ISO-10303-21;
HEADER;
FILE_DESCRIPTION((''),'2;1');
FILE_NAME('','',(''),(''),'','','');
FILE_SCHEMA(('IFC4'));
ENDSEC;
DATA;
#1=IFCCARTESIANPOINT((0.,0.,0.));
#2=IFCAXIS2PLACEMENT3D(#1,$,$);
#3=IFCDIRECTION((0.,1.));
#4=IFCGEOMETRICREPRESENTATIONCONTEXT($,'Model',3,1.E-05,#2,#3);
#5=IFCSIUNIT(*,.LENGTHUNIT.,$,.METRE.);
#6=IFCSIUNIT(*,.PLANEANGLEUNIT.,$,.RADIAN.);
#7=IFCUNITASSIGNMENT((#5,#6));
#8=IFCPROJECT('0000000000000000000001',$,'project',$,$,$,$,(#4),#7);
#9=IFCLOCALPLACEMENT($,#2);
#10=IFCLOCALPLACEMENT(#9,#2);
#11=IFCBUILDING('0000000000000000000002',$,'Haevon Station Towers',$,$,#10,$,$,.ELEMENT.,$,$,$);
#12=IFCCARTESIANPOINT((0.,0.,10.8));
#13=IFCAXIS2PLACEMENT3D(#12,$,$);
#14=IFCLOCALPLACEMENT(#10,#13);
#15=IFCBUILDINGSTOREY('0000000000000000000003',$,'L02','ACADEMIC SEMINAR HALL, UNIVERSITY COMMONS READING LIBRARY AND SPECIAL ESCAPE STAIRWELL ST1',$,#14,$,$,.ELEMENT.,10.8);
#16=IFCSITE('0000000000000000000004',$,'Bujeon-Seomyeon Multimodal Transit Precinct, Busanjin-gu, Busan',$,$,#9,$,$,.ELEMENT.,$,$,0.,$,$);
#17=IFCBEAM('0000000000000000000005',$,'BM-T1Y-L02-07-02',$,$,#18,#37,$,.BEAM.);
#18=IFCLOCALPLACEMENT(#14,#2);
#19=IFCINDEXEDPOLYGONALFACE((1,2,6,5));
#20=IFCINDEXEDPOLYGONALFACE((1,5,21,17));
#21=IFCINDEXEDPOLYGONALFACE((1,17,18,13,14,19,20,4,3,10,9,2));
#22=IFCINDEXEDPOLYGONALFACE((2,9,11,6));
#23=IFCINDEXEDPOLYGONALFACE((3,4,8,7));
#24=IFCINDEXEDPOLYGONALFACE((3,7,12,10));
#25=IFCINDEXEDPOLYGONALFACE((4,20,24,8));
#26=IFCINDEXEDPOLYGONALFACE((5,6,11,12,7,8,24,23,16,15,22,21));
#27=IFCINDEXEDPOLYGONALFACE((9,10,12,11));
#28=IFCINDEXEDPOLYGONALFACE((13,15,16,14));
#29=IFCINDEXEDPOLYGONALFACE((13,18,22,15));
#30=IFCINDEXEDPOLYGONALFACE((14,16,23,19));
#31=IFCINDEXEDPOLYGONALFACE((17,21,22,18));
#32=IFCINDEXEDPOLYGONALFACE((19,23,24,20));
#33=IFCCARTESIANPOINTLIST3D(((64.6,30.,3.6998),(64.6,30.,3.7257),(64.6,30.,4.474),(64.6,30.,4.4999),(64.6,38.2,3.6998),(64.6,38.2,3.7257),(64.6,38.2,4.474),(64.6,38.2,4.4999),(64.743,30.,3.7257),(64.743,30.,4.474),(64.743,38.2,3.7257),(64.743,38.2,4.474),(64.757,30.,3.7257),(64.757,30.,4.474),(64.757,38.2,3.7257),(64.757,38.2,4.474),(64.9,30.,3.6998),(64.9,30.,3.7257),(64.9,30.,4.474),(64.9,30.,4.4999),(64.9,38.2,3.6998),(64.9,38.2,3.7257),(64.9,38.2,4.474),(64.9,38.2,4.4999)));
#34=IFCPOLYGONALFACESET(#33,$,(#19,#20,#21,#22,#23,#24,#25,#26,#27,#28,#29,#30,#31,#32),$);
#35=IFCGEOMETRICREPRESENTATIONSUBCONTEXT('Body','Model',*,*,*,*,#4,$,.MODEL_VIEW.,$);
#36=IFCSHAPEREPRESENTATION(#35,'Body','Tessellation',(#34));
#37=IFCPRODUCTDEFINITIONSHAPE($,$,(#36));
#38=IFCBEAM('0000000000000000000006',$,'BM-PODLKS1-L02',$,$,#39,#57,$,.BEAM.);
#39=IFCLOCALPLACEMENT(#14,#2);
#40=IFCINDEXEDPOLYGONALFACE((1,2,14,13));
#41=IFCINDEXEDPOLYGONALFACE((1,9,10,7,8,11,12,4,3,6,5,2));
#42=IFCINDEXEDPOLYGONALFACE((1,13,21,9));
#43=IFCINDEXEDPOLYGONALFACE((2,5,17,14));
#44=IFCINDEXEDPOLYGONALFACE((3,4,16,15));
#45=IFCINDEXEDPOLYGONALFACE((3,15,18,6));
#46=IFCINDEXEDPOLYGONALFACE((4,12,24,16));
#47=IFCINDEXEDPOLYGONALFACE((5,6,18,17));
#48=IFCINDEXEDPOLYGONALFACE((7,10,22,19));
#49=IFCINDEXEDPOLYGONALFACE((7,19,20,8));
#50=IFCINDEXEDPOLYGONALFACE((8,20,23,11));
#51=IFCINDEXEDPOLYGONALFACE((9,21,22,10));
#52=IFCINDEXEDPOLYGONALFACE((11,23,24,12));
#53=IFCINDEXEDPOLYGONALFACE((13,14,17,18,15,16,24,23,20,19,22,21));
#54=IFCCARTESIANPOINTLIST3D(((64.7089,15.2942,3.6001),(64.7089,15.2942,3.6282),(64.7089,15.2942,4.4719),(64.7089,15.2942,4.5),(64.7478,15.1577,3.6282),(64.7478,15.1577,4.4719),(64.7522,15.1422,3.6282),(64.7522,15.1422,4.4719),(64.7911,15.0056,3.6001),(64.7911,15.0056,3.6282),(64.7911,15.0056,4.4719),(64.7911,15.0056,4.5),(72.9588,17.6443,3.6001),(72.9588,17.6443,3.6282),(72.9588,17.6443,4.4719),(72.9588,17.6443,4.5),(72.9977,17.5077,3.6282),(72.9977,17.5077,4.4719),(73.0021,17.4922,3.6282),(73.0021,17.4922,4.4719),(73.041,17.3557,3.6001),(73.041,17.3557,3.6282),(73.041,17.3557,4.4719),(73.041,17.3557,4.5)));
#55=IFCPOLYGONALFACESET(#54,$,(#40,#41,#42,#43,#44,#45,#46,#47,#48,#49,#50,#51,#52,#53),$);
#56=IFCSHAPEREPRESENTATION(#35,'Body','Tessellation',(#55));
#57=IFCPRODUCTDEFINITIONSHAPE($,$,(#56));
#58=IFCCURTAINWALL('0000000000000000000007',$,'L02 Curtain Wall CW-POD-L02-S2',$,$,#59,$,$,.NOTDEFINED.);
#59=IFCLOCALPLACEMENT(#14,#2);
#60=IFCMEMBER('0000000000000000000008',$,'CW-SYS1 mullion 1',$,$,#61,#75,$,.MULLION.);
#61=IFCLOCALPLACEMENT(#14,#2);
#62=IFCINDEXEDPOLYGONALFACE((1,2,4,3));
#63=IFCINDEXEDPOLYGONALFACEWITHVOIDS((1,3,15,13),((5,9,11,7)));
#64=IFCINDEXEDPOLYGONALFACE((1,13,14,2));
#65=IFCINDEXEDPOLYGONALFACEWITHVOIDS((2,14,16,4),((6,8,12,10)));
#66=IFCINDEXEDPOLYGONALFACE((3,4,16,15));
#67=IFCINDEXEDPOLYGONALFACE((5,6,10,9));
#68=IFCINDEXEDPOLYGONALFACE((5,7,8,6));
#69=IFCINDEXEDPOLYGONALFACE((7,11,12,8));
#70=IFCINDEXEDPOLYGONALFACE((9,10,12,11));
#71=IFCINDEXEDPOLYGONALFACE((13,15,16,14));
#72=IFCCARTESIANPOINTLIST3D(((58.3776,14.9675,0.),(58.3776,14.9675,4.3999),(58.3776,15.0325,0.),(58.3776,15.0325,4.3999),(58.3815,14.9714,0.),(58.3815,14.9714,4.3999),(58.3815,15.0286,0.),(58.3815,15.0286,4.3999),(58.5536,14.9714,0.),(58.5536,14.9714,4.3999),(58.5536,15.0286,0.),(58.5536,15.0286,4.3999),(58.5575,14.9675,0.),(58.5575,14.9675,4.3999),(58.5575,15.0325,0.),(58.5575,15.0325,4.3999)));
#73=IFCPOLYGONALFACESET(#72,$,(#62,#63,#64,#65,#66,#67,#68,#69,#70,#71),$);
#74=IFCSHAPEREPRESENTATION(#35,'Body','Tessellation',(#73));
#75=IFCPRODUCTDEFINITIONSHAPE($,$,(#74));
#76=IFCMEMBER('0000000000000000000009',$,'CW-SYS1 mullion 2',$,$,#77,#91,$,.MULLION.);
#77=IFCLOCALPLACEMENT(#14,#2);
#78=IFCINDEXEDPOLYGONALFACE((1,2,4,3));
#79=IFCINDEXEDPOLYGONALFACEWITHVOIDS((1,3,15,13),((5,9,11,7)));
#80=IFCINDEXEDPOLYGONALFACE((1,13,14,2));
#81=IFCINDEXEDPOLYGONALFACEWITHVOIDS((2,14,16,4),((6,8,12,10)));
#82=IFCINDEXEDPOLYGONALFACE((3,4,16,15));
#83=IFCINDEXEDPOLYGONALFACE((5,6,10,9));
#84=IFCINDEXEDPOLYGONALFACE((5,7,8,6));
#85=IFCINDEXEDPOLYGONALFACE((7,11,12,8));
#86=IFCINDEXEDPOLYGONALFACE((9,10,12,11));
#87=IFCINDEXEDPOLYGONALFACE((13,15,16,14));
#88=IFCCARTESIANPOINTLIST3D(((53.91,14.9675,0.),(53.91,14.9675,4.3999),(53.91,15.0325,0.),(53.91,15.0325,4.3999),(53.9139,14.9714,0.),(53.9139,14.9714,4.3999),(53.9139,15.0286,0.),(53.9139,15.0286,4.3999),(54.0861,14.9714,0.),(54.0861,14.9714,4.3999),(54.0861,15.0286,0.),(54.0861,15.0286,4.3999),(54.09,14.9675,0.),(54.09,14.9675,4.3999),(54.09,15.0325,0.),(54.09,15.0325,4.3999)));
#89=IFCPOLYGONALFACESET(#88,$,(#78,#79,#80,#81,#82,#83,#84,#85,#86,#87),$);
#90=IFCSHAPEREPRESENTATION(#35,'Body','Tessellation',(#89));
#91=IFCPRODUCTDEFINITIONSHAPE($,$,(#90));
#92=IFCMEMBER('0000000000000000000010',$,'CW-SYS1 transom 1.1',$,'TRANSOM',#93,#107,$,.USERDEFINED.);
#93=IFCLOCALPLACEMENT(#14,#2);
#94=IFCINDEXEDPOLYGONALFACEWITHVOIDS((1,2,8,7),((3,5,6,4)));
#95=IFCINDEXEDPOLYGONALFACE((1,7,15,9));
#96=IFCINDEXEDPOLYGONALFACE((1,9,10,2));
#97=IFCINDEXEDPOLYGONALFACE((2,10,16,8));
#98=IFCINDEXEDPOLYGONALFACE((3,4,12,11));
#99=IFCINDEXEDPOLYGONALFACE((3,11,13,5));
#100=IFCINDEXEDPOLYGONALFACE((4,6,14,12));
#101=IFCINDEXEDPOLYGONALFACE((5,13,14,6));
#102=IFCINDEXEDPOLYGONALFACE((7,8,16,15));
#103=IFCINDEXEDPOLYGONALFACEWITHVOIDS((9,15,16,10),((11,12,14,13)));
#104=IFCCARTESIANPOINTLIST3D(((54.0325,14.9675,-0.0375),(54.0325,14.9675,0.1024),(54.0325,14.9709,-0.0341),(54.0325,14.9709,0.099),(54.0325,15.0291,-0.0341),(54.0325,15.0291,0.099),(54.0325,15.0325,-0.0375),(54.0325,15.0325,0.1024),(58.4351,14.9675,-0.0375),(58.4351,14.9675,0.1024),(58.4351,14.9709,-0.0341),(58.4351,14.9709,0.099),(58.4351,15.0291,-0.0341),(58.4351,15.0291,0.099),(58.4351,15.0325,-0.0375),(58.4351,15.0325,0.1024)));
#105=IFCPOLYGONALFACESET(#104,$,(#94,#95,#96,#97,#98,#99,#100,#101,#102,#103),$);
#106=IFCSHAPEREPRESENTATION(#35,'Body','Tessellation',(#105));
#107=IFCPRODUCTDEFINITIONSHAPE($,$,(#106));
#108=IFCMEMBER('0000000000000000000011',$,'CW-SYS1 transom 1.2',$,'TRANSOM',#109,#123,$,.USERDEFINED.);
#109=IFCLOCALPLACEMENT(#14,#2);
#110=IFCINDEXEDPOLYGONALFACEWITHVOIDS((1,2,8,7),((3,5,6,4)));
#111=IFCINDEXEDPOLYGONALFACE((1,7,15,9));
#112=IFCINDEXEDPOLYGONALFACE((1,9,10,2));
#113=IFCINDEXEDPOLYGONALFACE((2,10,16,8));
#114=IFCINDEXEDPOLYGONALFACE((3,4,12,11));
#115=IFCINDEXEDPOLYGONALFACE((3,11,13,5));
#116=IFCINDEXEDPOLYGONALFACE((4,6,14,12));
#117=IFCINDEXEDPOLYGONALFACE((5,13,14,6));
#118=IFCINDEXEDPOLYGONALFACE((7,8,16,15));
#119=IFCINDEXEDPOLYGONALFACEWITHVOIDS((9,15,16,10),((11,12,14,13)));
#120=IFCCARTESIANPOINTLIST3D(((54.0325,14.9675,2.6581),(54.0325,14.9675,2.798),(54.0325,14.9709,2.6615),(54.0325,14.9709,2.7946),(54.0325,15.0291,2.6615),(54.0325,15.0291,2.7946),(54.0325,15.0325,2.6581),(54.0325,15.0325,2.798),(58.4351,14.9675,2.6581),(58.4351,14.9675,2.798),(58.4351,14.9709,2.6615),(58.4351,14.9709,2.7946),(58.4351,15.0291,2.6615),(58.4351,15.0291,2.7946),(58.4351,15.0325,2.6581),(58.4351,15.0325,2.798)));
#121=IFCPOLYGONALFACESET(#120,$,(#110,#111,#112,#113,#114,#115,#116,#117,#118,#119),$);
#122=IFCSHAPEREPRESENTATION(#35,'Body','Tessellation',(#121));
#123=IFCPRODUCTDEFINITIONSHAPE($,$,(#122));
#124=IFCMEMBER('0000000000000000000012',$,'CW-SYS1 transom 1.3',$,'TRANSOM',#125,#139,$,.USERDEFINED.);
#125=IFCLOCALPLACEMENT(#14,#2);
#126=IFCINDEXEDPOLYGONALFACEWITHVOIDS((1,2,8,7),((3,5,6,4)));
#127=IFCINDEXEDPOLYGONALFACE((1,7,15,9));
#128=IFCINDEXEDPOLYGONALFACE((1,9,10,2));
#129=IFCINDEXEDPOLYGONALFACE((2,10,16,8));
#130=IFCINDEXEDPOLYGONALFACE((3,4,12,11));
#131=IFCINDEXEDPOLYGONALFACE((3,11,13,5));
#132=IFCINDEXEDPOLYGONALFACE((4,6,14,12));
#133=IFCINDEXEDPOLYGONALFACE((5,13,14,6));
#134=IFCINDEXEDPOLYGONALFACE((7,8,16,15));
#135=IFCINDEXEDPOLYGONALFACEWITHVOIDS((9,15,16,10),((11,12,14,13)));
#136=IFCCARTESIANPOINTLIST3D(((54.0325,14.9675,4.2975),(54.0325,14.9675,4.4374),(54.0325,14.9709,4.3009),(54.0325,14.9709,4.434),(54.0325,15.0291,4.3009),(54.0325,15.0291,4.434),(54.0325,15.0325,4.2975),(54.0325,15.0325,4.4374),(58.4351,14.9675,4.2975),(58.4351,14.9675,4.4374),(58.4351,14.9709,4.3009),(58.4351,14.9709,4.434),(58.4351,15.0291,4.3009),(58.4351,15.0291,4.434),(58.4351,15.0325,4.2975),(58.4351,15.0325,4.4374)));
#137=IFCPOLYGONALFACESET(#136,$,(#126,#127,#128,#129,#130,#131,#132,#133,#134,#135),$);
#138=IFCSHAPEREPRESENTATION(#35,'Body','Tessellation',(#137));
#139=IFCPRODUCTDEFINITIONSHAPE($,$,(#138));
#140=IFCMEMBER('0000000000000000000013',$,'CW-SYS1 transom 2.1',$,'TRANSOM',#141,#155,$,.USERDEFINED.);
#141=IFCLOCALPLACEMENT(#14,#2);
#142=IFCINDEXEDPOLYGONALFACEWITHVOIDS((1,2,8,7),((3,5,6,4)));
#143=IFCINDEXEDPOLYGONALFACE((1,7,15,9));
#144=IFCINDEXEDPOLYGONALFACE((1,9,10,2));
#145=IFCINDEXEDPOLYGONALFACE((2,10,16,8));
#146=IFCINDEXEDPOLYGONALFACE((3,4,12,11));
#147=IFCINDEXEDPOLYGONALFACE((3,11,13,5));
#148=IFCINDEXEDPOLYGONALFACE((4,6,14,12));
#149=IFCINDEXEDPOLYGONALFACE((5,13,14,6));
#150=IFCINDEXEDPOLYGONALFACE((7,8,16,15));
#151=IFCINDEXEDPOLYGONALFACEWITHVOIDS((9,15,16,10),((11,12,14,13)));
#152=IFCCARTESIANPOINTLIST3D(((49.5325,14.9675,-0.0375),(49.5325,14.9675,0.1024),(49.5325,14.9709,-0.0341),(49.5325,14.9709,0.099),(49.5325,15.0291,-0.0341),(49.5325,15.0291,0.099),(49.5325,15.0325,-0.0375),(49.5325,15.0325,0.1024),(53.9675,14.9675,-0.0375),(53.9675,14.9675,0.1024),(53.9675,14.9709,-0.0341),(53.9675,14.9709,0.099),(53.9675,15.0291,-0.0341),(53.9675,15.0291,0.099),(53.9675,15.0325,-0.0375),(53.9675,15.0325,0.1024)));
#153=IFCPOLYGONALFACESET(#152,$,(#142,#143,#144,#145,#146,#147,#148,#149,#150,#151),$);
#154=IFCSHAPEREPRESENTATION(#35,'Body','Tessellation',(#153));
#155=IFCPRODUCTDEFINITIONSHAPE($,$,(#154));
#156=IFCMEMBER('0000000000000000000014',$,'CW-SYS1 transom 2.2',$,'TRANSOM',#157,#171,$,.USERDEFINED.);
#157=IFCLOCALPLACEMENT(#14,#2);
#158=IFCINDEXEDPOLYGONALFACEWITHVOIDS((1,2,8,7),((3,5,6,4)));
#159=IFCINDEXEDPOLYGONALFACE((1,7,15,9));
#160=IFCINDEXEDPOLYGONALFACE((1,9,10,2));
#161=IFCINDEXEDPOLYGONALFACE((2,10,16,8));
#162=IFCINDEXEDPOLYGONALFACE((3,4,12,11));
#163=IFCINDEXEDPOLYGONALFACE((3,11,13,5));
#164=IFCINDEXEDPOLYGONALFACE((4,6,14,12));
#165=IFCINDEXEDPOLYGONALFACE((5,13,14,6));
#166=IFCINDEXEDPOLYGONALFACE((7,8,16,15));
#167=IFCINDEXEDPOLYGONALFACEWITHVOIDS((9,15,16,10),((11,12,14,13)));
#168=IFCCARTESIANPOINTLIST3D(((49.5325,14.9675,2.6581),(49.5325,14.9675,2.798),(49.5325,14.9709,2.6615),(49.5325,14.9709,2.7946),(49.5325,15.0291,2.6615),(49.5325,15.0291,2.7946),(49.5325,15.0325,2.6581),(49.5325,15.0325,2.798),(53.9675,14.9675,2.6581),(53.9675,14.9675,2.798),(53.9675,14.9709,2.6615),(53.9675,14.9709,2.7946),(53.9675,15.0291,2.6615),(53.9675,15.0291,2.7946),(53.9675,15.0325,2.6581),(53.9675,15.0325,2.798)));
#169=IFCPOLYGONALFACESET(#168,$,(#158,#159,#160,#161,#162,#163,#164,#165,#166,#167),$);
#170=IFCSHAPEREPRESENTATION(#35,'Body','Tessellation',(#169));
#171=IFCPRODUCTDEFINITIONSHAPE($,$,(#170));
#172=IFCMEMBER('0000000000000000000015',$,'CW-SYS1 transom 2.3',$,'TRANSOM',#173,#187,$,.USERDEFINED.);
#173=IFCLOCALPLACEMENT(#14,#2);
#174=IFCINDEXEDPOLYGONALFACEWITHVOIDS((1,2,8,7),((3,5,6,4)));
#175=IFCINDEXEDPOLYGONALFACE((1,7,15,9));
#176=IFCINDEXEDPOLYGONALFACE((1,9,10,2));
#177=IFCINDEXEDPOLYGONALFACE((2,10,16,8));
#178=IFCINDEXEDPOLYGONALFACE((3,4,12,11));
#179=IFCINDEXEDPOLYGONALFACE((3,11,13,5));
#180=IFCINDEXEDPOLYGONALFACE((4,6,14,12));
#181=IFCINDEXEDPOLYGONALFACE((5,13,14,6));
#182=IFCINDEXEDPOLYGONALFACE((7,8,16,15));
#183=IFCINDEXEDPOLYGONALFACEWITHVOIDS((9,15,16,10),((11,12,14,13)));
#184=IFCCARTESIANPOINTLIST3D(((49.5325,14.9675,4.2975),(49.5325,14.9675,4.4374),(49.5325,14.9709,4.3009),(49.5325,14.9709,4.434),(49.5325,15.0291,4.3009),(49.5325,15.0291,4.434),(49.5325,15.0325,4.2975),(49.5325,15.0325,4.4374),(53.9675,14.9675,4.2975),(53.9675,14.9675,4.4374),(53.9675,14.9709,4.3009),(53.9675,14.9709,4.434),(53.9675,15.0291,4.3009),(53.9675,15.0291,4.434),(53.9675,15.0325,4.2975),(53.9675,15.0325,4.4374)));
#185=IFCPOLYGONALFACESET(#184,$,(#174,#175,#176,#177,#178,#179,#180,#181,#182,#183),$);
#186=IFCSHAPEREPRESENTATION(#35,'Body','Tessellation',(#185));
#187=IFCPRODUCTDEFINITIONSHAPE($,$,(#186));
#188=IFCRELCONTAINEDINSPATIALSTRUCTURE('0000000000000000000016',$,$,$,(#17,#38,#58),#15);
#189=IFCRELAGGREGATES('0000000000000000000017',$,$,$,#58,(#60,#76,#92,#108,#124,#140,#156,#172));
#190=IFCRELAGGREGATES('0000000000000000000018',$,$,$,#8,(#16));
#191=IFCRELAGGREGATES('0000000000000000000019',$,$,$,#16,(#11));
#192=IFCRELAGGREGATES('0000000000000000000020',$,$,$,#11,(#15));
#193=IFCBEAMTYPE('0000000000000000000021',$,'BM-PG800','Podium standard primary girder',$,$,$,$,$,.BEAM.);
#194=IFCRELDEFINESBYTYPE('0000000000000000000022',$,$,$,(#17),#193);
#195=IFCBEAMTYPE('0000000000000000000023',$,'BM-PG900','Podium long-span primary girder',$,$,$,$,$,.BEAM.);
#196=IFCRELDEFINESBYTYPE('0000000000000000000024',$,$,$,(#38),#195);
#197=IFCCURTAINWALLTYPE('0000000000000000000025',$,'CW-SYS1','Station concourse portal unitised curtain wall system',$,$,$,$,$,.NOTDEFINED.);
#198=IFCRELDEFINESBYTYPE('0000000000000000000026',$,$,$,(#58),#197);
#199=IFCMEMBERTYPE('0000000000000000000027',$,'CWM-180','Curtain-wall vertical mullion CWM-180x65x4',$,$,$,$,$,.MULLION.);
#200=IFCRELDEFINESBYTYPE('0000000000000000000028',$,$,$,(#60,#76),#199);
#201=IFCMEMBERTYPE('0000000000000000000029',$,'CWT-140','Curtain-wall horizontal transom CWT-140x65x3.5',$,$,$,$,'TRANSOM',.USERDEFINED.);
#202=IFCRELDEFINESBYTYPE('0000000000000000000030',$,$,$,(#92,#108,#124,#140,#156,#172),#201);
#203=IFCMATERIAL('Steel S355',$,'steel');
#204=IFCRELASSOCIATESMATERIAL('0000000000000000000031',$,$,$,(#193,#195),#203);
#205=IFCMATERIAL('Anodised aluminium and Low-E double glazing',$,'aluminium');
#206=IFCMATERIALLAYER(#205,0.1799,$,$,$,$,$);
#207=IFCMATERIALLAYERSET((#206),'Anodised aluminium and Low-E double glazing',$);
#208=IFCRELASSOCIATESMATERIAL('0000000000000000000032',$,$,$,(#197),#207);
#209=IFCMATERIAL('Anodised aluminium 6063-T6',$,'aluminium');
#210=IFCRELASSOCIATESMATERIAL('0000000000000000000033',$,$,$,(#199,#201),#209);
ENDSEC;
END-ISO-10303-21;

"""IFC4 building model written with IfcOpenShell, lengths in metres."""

from ifc_helpers import new_model, si_unit, direction, frame, origin, origin_2d, place, context, subcontext, project, spatial, hollow_rectangle, i_section, extrude, material, layer, layer_set, material_profile, profile_set, type_object, element, aggregate, save


model = new_model("IFC4")

# Units and contexts
model_context = context("Model", 3, precision=1e-05, world=origin(), true_north=direction((0.0, 1.0)))
body_context = subcontext(model_context, "Body", "Model", "MODEL_VIEW")
ifc_project = project(units=[si_unit("LENGTHUNIT", "METRE"), si_unit("PLANEANGLEUNIT", "RADIAN")], contexts=[model_context])

# Site, building, storey
site_placement = place(None, origin())
site = spatial("IfcSite", under=ifc_project, at=site_placement, Name="Bujeon-Seomyeon Multimodal Transit Precinct, Busanjin-gu, Busan", CompositionType="ELEMENT", RefElevation=0.0)
building_placement = place(site_placement, origin())
building = spatial("IfcBuilding", under=site, at=building_placement, Name="Haevon Station Towers", CompositionType="ELEMENT")
storey_placement = place(building_placement, frame((0.0, 0.0, 10.8)))
storey = spatial("IfcBuildingStorey", under=building, at=storey_placement, Name="L02", Description="ACADEMIC SEMINAR HALL, UNIVERSITY COMMONS READING LIBRARY AND SPECIAL ESCAPE STAIRWELL ST1", CompositionType="ELEMENT", Elevation=10.8)

# Beams
ifc_material_1 = material(Name="Steel S355", Category="steel")
ifc_material_profile_1 = material_profile(ifc_material_1, i_section(OverallWidth=0.3, OverallDepth=0.8, WebThickness=0.0139, FlangeThickness=0.0259, at=origin_2d()), Name="H-800x300x14x26")
ifc_profile_set_1 = profile_set([ifc_material_profile_1], Name="Steel S355")
beam_type_1 = type_object("IfcBeamType", Name="BM-PG800", Description="Podium standard primary girder", PredefinedType="BEAM", material=ifc_profile_set_1)
beam_1_placement = place(storey_placement, frame((64.75, 30.0, 4.0999), z_axis=(0.0, 1.0, 0.0), x_axis=(-1.0, 0.0, 0.0)))
element("IfcBeam", 1, at=beam_1_placement, inside=storey, type_object=beam_type_1, Name="BM-T1Y-L02-07-02", PredefinedType="BEAM", context=body_context, shape_type="SweptSolid", body=[
    extrude(i_section(OverallWidth=0.3, OverallDepth=0.8, WebThickness=0.0139, FlangeThickness=0.0259, at=origin_2d()), origin(), (0.0, 0.0, 1.0), 8.2),
])
ifc_material_profile_2 = material_profile(ifc_material_1, i_section(OverallWidth=0.3, OverallDepth=0.8999, WebThickness=0.0161, FlangeThickness=0.0281, at=origin_2d()), Name="H-900x300x16x28")
ifc_profile_set_2 = profile_set([ifc_material_profile_2], Name="Steel S355")
beam_type_2 = type_object("IfcBeamType", Name="BM-PG900", Description="Podium long-span primary girder", PredefinedType="BEAM", material=ifc_profile_set_2)
beam_2_placement = place(storey_placement, frame((64.75, 15.1499, 4.05), z_axis=(0.961741, 0.273962, 0.0), x_axis=(-0.273962, 0.961741, 0.0)))
element("IfcBeam", 2, at=beam_2_placement, inside=storey, type_object=beam_type_2, Name="BM-PODLKS1-L02", PredefinedType="BEAM", context=body_context, shape_type="SweptSolid", body=[
    extrude(i_section(OverallWidth=0.3, OverallDepth=0.8999, WebThickness=0.0161, FlangeThickness=0.0281, at=origin_2d()), origin(), (0.0, 0.0, 1.0), 8.5781),
])

# Curtain wall, members
ifc_material_2 = material(Name="Anodised aluminium and Low-E double glazing", Category="aluminium")
ifc_layer_1 = layer(ifc_material_2, 0.1799)
ifc_layer_set_1 = layer_set([ifc_layer_1], Name="Anodised aluminium and Low-E double glazing")
curtain_wall_type = type_object("IfcCurtainWallType", Name="CW-SYS1", Description="Station concourse portal unitised curtain wall system", PredefinedType="NOTDEFINED", material=ifc_layer_set_1)
curtain_wall_placement = place(storey_placement, origin())
curtain_wall = element("IfcCurtainWall", 3, at=curtain_wall_placement, inside=storey, type_object=curtain_wall_type, Name="L02 Curtain Wall CW-POD-L02-S2", PredefinedType="NOTDEFINED")
ifc_material_3 = material(Name="Anodised aluminium 6063-T6", Category="aluminium")
ifc_material_profile_3 = material_profile(ifc_material_3, hollow_rectangle(XDim=0.0649, YDim=0.1799, WallThickness=0.0039, at=origin_2d()), Name="CWM-180x65x4")
ifc_profile_set_3 = profile_set([ifc_material_profile_3], Name="Anodised aluminium 6063-T6")
member_type_1 = type_object("IfcMemberType", Name="CWM-180", Description="Curtain-wall vertical mullion CWM-180x65x4", PredefinedType="MULLION", material=ifc_profile_set_3)
member_1_placement = place(storey_placement, frame((58.4675, 15.0, 0.0), z_axis=(0.0, 0.0, 1.0), x_axis=(0.0, -1.0, 0.0)))
member_1 = element("IfcMember", 4, at=member_1_placement, type_object=member_type_1, Name="CW-SYS1 mullion 1", PredefinedType="MULLION", context=body_context, shape_type="SweptSolid", body=[
    extrude(hollow_rectangle(XDim=0.0649, YDim=0.1799, WallThickness=0.0039, at=origin_2d()), origin(), (0.0, 0.0, 1.0), 4.3999),
])
member_2_placement = place(storey_placement, frame((54.0, 15.0, 0.0), z_axis=(0.0, 0.0, 1.0), x_axis=(0.0, -1.0, 0.0)))
member_2 = element("IfcMember", 5, at=member_2_placement, type_object=member_type_1, Name="CW-SYS1 mullion 2", PredefinedType="MULLION", context=body_context, shape_type="SweptSolid", body=[
    extrude(hollow_rectangle(XDim=0.0649, YDim=0.1799, WallThickness=0.0039, at=origin_2d()), origin(), (0.0, 0.0, 1.0), 4.3999),
])
ifc_material_profile_4 = material_profile(ifc_material_3, hollow_rectangle(XDim=0.0649, YDim=0.1399, WallThickness=0.0034, at=origin_2d()), Name="CWT-140x65x3.5")
ifc_profile_set_4 = profile_set([ifc_material_profile_4], Name="Anodised aluminium 6063-T6")
member_type_2 = type_object("IfcMemberType", Name="CWT-140", Description="Curtain-wall horizontal transom CWT-140x65x3.5", ElementType="TRANSOM", PredefinedType="USERDEFINED", material=ifc_profile_set_4)
member_3_placement = place(storey_placement, frame((58.4351, 15.0, 0.0325), z_axis=(-1.0, 0.0, 0.0), x_axis=(0.0, -1.0, 0.0)))
member_3 = element("IfcMember", 6, at=member_3_placement, type_object=member_type_2, Name="CW-SYS1 transom 1.1", ObjectType="TRANSOM", PredefinedType="USERDEFINED", context=body_context, shape_type="SweptSolid", body=[
    extrude(hollow_rectangle(XDim=0.0649, YDim=0.1399, WallThickness=0.0034, at=origin_2d()), origin(), (0.0, 0.0, 1.0), 4.4026),
])
member_4_placement = place(storey_placement, frame((58.4351, 15.0, 2.728), z_axis=(-1.0, 0.0, 0.0), x_axis=(0.0, -1.0, 0.0)))
member_4 = element("IfcMember", 7, at=member_4_placement, type_object=member_type_2, Name="CW-SYS1 transom 1.2", ObjectType="TRANSOM", PredefinedType="USERDEFINED", context=body_context, shape_type="SweptSolid", body=[
    extrude(hollow_rectangle(XDim=0.0649, YDim=0.1399, WallThickness=0.0034, at=origin_2d()), origin(), (0.0, 0.0, 1.0), 4.4026),
])
member_5_placement = place(storey_placement, frame((58.4351, 15.0, 4.3674), z_axis=(-1.0, 0.0, 0.0), x_axis=(0.0, -1.0, 0.0)))
member_5 = element("IfcMember", 8, at=member_5_placement, type_object=member_type_2, Name="CW-SYS1 transom 1.3", ObjectType="TRANSOM", PredefinedType="USERDEFINED", context=body_context, shape_type="SweptSolid", body=[
    extrude(hollow_rectangle(XDim=0.0649, YDim=0.1399, WallThickness=0.0034, at=origin_2d()), origin(), (0.0, 0.0, 1.0), 4.4026),
])
member_6_placement = place(storey_placement, frame((53.9675, 15.0, 0.0325), z_axis=(-1.0, 0.0, 0.0), x_axis=(0.0, -1.0, 0.0)))
member_6 = element("IfcMember", 9, at=member_6_placement, type_object=member_type_2, Name="CW-SYS1 transom 2.1", ObjectType="TRANSOM", PredefinedType="USERDEFINED", context=body_context, shape_type="SweptSolid", body=[
    extrude(hollow_rectangle(XDim=0.0649, YDim=0.1399, WallThickness=0.0034, at=origin_2d()), origin(), (0.0, 0.0, 1.0), 4.4351),
])
member_7_placement = place(storey_placement, frame((53.9675, 15.0, 2.728), z_axis=(-1.0, 0.0, 0.0), x_axis=(0.0, -1.0, 0.0)))
member_7 = element("IfcMember", 10, at=member_7_placement, type_object=member_type_2, Name="CW-SYS1 transom 2.2", ObjectType="TRANSOM", PredefinedType="USERDEFINED", context=body_context, shape_type="SweptSolid", body=[
    extrude(hollow_rectangle(XDim=0.0649, YDim=0.1399, WallThickness=0.0034, at=origin_2d()), origin(), (0.0, 0.0, 1.0), 4.4351),
])
member_8_placement = place(storey_placement, frame((53.9675, 15.0, 4.3674), z_axis=(-1.0, 0.0, 0.0), x_axis=(0.0, -1.0, 0.0)))
member_8 = element("IfcMember", 11, at=member_8_placement, type_object=member_type_2, Name="CW-SYS1 transom 2.3", ObjectType="TRANSOM", PredefinedType="USERDEFINED", context=body_context, shape_type="SweptSolid", body=[
    extrude(hollow_rectangle(XDim=0.0649, YDim=0.1399, WallThickness=0.0034, at=origin_2d()), origin(), (0.0, 0.0, 1.0), 4.4351),
])
aggregate(curtain_wall, [member_1, member_2, member_3, member_4, member_5, member_6, member_7, member_8])

save(model, "model.ifc")
